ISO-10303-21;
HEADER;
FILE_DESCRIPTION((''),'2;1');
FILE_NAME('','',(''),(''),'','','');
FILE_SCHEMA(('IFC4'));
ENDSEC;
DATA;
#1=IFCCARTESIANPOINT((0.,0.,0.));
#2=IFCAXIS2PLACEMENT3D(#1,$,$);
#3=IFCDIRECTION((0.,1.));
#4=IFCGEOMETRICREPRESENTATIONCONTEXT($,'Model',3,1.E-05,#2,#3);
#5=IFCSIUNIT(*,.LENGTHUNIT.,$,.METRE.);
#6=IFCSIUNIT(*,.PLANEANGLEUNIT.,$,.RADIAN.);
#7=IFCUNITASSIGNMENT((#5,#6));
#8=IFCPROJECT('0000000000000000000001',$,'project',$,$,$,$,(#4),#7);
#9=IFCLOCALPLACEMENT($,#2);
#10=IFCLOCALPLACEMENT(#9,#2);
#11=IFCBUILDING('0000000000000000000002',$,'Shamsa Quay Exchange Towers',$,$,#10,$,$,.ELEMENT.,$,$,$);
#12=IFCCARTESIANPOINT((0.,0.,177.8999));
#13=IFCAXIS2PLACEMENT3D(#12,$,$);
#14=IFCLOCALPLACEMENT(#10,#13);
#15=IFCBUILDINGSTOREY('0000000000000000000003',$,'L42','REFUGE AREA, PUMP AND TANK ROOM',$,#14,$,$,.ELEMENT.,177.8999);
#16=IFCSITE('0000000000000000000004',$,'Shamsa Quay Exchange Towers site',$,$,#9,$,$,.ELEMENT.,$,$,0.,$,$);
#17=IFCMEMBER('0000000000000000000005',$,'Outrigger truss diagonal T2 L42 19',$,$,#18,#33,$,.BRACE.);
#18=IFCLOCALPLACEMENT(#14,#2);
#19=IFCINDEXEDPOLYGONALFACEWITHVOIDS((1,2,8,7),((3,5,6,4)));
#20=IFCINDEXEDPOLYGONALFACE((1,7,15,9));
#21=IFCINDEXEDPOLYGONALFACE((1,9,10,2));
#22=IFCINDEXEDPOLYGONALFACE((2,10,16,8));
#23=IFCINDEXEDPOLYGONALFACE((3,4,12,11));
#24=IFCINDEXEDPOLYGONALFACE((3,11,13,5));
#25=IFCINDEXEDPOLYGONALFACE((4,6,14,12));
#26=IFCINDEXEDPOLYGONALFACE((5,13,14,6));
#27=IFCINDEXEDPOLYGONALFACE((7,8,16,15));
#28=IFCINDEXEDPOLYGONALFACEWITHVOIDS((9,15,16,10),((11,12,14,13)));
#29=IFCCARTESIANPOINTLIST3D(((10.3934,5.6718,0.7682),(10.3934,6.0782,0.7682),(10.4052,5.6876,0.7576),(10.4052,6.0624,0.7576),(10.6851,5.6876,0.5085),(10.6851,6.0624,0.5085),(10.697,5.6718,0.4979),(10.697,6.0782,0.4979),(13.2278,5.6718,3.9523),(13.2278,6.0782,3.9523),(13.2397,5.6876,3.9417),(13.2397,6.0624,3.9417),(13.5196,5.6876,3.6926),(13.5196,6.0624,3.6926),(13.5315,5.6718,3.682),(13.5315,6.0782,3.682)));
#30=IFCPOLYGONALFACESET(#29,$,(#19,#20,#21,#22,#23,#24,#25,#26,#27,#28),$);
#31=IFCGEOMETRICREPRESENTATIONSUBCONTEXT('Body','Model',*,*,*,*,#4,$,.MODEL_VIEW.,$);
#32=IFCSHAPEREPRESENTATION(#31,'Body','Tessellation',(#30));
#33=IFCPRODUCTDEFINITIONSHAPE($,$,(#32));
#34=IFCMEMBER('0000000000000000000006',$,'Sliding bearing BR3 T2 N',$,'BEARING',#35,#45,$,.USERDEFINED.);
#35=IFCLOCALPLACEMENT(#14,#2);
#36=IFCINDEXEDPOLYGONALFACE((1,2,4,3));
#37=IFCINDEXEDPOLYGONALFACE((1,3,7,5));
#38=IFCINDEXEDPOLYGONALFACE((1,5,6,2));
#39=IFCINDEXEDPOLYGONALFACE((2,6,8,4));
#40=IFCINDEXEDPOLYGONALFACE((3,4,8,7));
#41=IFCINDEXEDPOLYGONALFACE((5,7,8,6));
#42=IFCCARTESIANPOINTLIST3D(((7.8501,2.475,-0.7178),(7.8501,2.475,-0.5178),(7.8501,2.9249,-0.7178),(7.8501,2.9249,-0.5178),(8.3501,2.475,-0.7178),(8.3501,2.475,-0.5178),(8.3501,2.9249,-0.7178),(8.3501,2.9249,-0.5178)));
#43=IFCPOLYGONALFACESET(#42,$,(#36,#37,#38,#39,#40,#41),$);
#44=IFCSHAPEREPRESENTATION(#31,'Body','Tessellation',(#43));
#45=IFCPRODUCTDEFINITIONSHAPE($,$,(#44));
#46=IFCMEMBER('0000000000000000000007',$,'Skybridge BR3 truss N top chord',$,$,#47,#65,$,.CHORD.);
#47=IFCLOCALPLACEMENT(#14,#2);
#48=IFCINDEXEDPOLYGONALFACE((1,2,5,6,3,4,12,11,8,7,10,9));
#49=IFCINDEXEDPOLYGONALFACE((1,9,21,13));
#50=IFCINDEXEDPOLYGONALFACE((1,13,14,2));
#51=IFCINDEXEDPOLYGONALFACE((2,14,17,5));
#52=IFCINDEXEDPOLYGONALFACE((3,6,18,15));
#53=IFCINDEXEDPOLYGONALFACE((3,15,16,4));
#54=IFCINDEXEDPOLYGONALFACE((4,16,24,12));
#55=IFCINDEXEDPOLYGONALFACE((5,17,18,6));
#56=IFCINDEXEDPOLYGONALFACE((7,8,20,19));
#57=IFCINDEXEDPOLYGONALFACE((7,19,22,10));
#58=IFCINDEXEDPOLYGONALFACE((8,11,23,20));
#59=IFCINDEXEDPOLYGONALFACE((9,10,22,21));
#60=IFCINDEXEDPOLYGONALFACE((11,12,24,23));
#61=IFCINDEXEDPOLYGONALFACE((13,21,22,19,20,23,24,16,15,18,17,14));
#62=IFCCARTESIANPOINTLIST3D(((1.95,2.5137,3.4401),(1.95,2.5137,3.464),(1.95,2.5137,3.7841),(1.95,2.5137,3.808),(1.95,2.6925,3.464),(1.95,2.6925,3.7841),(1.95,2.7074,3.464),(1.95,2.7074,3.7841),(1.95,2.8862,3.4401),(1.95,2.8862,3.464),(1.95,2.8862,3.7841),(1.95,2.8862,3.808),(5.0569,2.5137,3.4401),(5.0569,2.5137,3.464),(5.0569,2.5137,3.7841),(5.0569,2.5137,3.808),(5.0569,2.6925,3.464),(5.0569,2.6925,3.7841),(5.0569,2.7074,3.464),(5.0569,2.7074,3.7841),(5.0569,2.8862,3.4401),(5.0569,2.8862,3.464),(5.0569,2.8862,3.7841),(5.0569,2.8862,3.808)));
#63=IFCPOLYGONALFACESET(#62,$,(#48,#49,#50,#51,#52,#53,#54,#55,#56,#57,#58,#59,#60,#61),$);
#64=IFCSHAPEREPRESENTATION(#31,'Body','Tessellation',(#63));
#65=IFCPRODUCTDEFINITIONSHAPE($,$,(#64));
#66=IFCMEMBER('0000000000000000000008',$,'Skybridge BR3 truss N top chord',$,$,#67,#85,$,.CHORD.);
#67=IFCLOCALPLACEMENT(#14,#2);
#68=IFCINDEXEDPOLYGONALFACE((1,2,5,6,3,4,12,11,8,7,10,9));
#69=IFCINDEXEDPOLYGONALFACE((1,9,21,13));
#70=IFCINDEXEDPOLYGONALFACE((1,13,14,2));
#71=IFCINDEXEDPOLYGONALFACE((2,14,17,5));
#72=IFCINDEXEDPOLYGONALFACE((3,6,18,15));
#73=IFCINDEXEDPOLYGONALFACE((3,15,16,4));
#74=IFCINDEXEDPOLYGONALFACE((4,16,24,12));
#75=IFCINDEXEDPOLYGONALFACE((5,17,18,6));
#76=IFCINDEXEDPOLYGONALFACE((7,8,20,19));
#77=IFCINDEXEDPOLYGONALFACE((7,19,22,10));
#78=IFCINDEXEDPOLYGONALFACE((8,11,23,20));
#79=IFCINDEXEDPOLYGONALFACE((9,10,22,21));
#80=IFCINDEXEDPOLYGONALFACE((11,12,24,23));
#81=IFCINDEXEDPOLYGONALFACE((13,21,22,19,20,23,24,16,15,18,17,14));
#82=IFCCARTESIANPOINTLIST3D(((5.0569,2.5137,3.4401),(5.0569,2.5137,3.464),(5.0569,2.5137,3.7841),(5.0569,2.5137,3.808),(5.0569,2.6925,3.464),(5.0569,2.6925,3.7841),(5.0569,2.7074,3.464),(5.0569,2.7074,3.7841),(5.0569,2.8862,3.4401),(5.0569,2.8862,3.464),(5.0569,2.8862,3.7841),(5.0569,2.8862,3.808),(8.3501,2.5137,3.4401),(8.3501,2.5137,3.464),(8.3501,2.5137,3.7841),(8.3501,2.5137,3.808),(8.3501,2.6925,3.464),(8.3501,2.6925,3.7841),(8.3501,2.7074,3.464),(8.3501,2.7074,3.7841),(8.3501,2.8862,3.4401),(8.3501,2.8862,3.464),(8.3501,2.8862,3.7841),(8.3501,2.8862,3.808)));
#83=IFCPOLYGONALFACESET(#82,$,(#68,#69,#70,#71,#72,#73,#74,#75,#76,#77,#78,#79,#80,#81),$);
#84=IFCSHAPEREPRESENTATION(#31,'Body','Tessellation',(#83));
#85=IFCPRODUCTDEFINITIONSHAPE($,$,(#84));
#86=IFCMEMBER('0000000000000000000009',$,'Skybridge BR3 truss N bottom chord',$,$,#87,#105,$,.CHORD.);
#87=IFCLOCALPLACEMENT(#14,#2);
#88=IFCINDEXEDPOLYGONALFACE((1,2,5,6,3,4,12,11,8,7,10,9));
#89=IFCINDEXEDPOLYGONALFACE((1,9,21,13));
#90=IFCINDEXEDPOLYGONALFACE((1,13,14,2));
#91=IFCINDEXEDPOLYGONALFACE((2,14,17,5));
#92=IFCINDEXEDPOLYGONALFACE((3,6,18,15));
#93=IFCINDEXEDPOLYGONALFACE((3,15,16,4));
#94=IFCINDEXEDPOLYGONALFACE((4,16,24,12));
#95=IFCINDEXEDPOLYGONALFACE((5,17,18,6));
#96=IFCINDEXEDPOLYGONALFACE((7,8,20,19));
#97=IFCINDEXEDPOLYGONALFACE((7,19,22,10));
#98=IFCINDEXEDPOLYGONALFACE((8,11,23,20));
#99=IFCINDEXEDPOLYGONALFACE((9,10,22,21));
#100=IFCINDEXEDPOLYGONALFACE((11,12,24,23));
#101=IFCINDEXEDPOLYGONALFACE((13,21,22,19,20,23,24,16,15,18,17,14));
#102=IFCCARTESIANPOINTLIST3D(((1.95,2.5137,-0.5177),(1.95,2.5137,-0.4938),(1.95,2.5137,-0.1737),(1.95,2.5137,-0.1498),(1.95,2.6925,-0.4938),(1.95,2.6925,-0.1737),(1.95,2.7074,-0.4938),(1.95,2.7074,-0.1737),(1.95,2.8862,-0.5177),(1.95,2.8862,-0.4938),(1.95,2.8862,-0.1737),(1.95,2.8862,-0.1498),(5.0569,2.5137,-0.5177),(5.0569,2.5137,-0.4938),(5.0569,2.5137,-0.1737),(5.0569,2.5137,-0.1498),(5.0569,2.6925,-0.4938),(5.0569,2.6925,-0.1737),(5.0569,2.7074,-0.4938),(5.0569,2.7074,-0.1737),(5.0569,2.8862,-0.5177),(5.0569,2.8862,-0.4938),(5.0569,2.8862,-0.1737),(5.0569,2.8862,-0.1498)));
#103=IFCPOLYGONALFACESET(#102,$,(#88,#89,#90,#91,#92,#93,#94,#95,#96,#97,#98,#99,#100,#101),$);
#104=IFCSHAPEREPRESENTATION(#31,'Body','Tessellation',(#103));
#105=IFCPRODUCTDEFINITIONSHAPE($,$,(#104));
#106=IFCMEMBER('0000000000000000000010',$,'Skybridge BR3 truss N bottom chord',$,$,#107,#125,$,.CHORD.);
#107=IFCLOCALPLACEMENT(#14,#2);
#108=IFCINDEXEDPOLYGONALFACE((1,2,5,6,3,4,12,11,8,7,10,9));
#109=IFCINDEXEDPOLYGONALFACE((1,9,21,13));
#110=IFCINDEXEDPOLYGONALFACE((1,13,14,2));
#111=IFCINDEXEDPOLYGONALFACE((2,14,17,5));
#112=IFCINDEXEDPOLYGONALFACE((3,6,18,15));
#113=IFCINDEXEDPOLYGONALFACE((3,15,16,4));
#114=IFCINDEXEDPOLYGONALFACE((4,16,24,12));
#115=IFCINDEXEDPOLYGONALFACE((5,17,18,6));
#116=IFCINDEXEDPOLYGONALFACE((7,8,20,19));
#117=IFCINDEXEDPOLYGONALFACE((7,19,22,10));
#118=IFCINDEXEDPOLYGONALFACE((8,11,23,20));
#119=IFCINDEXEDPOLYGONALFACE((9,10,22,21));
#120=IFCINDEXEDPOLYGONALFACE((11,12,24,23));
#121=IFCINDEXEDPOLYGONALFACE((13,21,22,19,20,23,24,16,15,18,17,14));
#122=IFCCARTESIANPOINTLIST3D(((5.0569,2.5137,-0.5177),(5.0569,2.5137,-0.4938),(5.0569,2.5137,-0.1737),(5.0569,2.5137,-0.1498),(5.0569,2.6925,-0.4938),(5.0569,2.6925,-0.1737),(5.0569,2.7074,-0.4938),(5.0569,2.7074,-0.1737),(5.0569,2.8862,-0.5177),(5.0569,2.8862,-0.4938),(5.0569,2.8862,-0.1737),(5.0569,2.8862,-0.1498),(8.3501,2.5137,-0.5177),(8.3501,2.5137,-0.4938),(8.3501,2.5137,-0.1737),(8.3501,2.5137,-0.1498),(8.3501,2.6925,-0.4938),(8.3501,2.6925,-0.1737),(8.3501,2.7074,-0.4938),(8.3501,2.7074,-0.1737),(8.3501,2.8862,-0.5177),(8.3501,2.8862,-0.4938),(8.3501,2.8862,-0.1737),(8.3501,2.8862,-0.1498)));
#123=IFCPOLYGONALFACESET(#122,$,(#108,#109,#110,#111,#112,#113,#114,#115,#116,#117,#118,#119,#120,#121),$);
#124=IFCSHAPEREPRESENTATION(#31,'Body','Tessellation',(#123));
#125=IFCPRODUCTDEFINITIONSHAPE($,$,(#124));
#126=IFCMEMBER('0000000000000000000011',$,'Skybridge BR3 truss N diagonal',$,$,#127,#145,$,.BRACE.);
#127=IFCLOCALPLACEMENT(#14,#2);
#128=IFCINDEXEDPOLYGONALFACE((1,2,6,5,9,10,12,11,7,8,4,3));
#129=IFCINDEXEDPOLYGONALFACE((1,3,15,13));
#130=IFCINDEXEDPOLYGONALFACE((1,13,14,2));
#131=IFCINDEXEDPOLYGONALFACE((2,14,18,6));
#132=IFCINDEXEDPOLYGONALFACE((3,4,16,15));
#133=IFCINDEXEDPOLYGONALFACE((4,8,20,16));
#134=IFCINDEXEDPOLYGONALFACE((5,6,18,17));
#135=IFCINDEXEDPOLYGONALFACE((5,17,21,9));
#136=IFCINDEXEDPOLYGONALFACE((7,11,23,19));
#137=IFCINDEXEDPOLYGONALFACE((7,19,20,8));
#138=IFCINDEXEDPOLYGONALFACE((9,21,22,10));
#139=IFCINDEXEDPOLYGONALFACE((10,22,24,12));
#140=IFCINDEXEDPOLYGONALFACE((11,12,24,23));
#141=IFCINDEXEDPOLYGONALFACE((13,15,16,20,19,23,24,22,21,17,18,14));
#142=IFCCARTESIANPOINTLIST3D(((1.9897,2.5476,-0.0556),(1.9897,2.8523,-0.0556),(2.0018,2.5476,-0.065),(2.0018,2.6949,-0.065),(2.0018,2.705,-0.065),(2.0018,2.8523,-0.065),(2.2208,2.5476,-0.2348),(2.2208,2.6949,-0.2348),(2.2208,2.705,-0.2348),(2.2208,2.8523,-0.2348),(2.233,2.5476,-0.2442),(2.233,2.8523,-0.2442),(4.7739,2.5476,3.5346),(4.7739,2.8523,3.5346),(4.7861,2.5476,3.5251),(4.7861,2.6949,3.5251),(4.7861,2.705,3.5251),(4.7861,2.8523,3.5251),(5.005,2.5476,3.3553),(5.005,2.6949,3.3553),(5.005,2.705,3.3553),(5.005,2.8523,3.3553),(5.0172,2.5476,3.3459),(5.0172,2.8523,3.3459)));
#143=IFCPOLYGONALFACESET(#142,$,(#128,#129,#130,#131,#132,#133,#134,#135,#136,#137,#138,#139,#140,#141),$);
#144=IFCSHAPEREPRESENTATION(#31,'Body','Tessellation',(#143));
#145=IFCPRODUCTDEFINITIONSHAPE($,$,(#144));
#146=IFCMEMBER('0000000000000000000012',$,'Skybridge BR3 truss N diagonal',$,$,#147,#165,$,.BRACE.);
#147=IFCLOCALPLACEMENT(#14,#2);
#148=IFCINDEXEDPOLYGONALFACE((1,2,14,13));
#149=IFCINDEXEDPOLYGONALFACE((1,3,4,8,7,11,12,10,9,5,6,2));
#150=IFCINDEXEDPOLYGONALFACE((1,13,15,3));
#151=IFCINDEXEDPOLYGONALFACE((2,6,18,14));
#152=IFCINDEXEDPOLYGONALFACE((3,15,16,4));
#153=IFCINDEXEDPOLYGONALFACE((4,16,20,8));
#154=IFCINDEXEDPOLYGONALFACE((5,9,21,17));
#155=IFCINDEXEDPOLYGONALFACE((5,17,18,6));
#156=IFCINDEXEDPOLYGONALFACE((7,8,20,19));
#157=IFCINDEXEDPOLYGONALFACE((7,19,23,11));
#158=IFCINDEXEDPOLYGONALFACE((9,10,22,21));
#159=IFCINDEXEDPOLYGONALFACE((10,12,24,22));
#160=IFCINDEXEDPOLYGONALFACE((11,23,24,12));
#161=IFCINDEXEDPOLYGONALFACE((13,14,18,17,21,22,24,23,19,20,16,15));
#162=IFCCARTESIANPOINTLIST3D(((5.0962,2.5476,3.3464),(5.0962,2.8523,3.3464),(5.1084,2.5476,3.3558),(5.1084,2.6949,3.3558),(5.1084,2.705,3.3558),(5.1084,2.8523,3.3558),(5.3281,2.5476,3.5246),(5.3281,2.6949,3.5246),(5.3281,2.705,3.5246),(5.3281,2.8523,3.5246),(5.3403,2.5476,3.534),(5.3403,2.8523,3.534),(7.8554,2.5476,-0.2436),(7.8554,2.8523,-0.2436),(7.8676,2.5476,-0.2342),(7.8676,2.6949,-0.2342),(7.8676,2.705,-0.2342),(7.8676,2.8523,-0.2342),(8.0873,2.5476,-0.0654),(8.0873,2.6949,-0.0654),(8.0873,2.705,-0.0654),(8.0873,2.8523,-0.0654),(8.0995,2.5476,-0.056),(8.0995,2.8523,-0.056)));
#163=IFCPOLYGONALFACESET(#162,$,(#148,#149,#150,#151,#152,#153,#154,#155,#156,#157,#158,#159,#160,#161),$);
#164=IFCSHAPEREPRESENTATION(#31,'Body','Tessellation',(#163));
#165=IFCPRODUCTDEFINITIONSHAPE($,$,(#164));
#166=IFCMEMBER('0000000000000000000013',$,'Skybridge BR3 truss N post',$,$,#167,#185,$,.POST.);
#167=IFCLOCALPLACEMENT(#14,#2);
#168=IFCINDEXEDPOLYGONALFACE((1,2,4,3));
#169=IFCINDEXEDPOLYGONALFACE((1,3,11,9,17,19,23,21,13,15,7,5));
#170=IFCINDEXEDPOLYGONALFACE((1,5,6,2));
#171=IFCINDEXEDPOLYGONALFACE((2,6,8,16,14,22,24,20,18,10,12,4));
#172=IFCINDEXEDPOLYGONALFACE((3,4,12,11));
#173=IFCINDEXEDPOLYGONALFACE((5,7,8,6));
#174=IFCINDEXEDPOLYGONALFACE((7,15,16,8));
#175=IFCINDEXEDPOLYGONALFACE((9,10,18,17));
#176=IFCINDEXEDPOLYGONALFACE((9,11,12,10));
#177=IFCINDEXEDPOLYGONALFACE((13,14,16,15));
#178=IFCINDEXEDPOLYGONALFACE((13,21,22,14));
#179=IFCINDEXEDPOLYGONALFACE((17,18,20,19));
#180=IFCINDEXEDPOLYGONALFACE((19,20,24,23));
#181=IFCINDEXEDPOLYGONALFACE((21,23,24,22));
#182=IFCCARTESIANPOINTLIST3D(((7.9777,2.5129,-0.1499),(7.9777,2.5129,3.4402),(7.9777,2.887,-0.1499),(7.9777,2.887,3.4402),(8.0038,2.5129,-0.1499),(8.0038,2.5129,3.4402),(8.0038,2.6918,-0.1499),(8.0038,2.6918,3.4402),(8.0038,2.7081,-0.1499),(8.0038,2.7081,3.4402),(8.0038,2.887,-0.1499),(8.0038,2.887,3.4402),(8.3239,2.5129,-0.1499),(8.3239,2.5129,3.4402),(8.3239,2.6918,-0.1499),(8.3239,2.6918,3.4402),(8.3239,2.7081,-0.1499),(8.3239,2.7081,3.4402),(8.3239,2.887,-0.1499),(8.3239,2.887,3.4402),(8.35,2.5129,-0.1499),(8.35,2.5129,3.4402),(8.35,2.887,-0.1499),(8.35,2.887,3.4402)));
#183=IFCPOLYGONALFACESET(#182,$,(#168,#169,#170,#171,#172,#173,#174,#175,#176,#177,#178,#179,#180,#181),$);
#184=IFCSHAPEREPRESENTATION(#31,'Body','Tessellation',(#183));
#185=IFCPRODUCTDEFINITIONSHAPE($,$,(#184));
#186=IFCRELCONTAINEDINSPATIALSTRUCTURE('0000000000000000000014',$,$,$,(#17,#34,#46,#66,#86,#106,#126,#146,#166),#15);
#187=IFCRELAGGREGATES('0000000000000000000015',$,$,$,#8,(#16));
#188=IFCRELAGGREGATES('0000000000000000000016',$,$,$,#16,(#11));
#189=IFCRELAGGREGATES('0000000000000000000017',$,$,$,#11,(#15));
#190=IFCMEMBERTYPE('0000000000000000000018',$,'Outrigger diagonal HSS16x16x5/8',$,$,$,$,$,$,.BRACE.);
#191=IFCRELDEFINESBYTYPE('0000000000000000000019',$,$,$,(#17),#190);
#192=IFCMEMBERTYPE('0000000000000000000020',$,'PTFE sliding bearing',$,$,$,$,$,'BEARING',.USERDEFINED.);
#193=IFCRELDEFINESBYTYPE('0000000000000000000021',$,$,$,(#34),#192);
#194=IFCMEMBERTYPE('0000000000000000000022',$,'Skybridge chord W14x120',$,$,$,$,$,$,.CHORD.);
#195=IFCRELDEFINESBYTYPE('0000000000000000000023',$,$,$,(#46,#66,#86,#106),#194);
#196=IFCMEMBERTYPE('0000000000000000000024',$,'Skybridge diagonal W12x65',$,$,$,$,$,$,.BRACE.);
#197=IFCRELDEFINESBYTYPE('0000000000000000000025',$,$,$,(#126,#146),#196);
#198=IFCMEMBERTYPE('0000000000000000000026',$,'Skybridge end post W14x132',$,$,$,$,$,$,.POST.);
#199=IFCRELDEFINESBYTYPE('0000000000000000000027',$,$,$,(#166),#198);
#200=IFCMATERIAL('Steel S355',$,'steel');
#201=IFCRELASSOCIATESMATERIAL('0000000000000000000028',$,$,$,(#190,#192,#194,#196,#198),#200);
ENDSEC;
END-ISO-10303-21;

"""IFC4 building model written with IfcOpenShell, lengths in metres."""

from ifc_helpers import new_model, si_unit, direction, frame, origin, origin_2d, place, context, subcontext, project, spatial, rectangle, hollow_rectangle, i_section, extrude, material, material_profile, profile_set, type_object, element, save


model = new_model("IFC4")

# Units and contexts
model_context = context("Model", 3, precision=1e-05, world=origin(), true_north=direction((0.0, 1.0)))
body_context = subcontext(model_context, "Body", "Model", "MODEL_VIEW")
ifc_project = project(units=[si_unit("LENGTHUNIT", "METRE"), si_unit("PLANEANGLEUNIT", "RADIAN")], contexts=[model_context])

# Site, building, storey
site_placement = place(None, origin())
site = spatial("IfcSite", under=ifc_project, at=site_placement, Name="Shamsa Quay Exchange Towers site", CompositionType="ELEMENT", RefElevation=0.0)
building_placement = place(site_placement, origin())
building = spatial("IfcBuilding", under=site, at=building_placement, Name="Shamsa Quay Exchange Towers", CompositionType="ELEMENT")
storey_placement = place(building_placement, frame((0.0, 0.0, 177.8999)))
storey = spatial("IfcBuildingStorey", under=building, at=storey_placement, Name="L42", Description="REFUGE AREA, PUMP AND TANK ROOM", CompositionType="ELEMENT", Elevation=177.8999)

# Members
ifc_material_1 = material(Name="Steel S355", Category="steel")
ifc_material_profile_1 = material_profile(ifc_material_1, hollow_rectangle(XDim=0.4065, YDim=0.4065, WallThickness=0.0159, at=origin_2d()), Name="HSS16x16x5/8")
ifc_profile_set_1 = profile_set([ifc_material_profile_1], Name="Steel S355")
member_type_1 = type_object("IfcMemberType", Name="Outrigger diagonal HSS16x16x5/8", PredefinedType="BRACE", material=ifc_profile_set_1)
member_1_placement = place(storey_placement, frame((10.5452, 5.875, 0.6331), z_axis=(0.664911, 0.0, 0.746923), x_axis=(0.0, 1.0, 0.0)))
element("IfcMember", 1, at=member_1_placement, inside=storey, type_object=member_type_1, Name="Outrigger truss diagonal T2 L42 19", PredefinedType="BRACE", context=body_context, shape_type="SweptSolid", body=[
    extrude(hollow_rectangle(XDim=0.4065, YDim=0.4065, WallThickness=0.0159, at=origin_2d()), origin(), (0.0, 0.0, 1.0), 4.2629),
])
ifc_material_profile_2 = material_profile(ifc_material_1, rectangle(XDim=0.5, YDim=0.2, at=origin_2d()), Name="500x200")
ifc_profile_set_2 = profile_set([ifc_material_profile_2], Name="Steel S355")
member_type_2 = type_object("IfcMemberType", Name="PTFE sliding bearing", ElementType="BEARING", PredefinedType="USERDEFINED", material=ifc_profile_set_2)
member_2_placement = place(storey_placement, frame((8.1001, 2.7, -0.7178)))
element("IfcMember", 2, at=member_2_placement, inside=storey, type_object=member_type_2, Name="Sliding bearing BR3 T2 N", ObjectType="BEARING", PredefinedType="USERDEFINED", context=body_context, shape_type="SweptSolid", body=[
    extrude(rectangle(XDim=0.5, YDim=0.45, at=origin_2d()), origin(), (0.0, 0.0, 1.0), 0.2),
])
ifc_material_profile_3 = material_profile(ifc_material_1, i_section(OverallWidth=0.3726, OverallDepth=0.3679, WebThickness=0.0149, FlangeThickness=0.0239, at=origin_2d()), Name="W14x120")
ifc_profile_set_3 = profile_set([ifc_material_profile_3], Name="Steel S355")
member_type_3 = type_object("IfcMemberType", Name="Skybridge chord W14x120", PredefinedType="CHORD", material=ifc_profile_set_3)
member_3_placement = place(storey_placement, frame((1.95, 2.7, 3.624), z_axis=(1.0, 0.0, 0.0), x_axis=(0.0, 1.0, 0.0)))
element("IfcMember", 3, at=member_3_placement, inside=storey, type_object=member_type_3, Name="Skybridge BR3 truss N top chord", PredefinedType="CHORD", context=body_context, shape_type="SweptSolid", body=[
    extrude(i_section(OverallWidth=0.3726, OverallDepth=0.3679, WebThickness=0.0149, FlangeThickness=0.0239, at=origin_2d()), origin(), (0.0, 0.0, 1.0), 3.1069),
])
member_4_placement = place(storey_placement, frame((5.0569, 2.7, 3.624), z_axis=(1.0, 0.0, 0.0), x_axis=(0.0, 1.0, 0.0)))
element("IfcMember", 4, at=member_4_placement, inside=storey, type_object=member_type_3, Name="Skybridge BR3 truss N top chord", PredefinedType="CHORD", context=body_context, shape_type="SweptSolid", body=[
    extrude(i_section(OverallWidth=0.3726, OverallDepth=0.3679, WebThickness=0.0149, FlangeThickness=0.0239, at=origin_2d()), origin(), (0.0, 0.0, 1.0), 3.2932),
])
member_5_placement = place(storey_placement, frame((1.95, 2.7, -0.3337), z_axis=(1.0, 0.0, 0.0), x_axis=(0.0, 1.0, 0.0)))
element("IfcMember", 5, at=member_5_placement, inside=storey, type_object=member_type_3, Name="Skybridge BR3 truss N bottom chord", PredefinedType="CHORD", context=body_context, shape_type="SweptSolid", body=[
    extrude(i_section(OverallWidth=0.3726, OverallDepth=0.3679, WebThickness=0.0149, FlangeThickness=0.0239, at=origin_2d()), origin(), (0.0, 0.0, 1.0), 3.1069),
])
member_6_placement = place(storey_placement, frame((5.0569, 2.7, -0.3337), z_axis=(1.0, 0.0, 0.0), x_axis=(0.0, 1.0, 0.0)))
element("IfcMember", 6, at=member_6_placement, inside=storey, type_object=member_type_3, Name="Skybridge BR3 truss N bottom chord", PredefinedType="CHORD", context=body_context, shape_type="SweptSolid", body=[
    extrude(i_section(OverallWidth=0.3726, OverallDepth=0.3679, WebThickness=0.0149, FlangeThickness=0.0239, at=origin_2d()), origin(), (0.0, 0.0, 1.0), 3.2932),
])
ifc_material_profile_4 = material_profile(ifc_material_1, i_section(OverallWidth=0.3047, OverallDepth=0.3079, WebThickness=0.01, FlangeThickness=0.0154, at=origin_2d()), Name="W12x65")
ifc_profile_set_4 = profile_set([ifc_material_profile_4], Name="Steel S355")
member_type_4 = type_object("IfcMemberType", Name="Skybridge diagonal W12x65", PredefinedType="BRACE", material=ifc_profile_set_4)
member_7_placement = place(storey_placement, frame((2.1113, 2.7, -0.1499), z_axis=(0.612828, 0.0, 0.790217), x_axis=(0.0, 1.0, 0.0)))
element("IfcMember", 7, at=member_7_placement, inside=storey, type_object=member_type_4, Name="Skybridge BR3 truss N diagonal", PredefinedType="BRACE", context=body_context, shape_type="SweptSolid", body=[
    extrude(i_section(OverallWidth=0.3047, OverallDepth=0.3079, WebThickness=0.01, FlangeThickness=0.0154, at=origin_2d()), origin(), (0.0, 0.0, 1.0), 4.5432),
])
member_8_placement = place(storey_placement, frame((5.2183, 2.7, 3.4402), z_axis=(0.609388, 0.0, -0.792872), x_axis=(0.0, 1.0, 0.0)))
element("IfcMember", 8, at=member_8_placement, inside=storey, type_object=member_type_4, Name="Skybridge BR3 truss N diagonal", PredefinedType="BRACE", context=body_context, shape_type="SweptSolid", body=[
    extrude(i_section(OverallWidth=0.3047, OverallDepth=0.3079, WebThickness=0.01, FlangeThickness=0.0154, at=origin_2d()), origin(), (0.0, 0.0, 1.0), 4.5278),
])
ifc_material_profile_5 = material_profile(ifc_material_1, i_section(OverallWidth=0.374, OverallDepth=0.3723, WebThickness=0.0164, FlangeThickness=0.0261, at=origin_2d()), Name="W14x132")
ifc_profile_set_5 = profile_set([ifc_material_profile_5], Name="Steel S355")
member_type_5 = type_object("IfcMemberType", Name="Skybridge end post W14x132", PredefinedType="POST", material=ifc_profile_set_5)
member_9_placement = place(storey_placement, frame((8.1638, 2.7, -0.1499), z_axis=(0.0, 0.0, 1.0), x_axis=(0.0, 1.0, 0.0)))
element("IfcMember", 9, at=member_9_placement, inside=storey, type_object=member_type_5, Name="Skybridge BR3 truss N post", PredefinedType="POST", context=body_context, shape_type="SweptSolid", body=[
    extrude(i_section(OverallWidth=0.374, OverallDepth=0.3723, WebThickness=0.0164, FlangeThickness=0.0261, at=origin_2d()), origin(), (0.0, 0.0, 1.0), 3.5901),
])

save(model, "model.ifc")
